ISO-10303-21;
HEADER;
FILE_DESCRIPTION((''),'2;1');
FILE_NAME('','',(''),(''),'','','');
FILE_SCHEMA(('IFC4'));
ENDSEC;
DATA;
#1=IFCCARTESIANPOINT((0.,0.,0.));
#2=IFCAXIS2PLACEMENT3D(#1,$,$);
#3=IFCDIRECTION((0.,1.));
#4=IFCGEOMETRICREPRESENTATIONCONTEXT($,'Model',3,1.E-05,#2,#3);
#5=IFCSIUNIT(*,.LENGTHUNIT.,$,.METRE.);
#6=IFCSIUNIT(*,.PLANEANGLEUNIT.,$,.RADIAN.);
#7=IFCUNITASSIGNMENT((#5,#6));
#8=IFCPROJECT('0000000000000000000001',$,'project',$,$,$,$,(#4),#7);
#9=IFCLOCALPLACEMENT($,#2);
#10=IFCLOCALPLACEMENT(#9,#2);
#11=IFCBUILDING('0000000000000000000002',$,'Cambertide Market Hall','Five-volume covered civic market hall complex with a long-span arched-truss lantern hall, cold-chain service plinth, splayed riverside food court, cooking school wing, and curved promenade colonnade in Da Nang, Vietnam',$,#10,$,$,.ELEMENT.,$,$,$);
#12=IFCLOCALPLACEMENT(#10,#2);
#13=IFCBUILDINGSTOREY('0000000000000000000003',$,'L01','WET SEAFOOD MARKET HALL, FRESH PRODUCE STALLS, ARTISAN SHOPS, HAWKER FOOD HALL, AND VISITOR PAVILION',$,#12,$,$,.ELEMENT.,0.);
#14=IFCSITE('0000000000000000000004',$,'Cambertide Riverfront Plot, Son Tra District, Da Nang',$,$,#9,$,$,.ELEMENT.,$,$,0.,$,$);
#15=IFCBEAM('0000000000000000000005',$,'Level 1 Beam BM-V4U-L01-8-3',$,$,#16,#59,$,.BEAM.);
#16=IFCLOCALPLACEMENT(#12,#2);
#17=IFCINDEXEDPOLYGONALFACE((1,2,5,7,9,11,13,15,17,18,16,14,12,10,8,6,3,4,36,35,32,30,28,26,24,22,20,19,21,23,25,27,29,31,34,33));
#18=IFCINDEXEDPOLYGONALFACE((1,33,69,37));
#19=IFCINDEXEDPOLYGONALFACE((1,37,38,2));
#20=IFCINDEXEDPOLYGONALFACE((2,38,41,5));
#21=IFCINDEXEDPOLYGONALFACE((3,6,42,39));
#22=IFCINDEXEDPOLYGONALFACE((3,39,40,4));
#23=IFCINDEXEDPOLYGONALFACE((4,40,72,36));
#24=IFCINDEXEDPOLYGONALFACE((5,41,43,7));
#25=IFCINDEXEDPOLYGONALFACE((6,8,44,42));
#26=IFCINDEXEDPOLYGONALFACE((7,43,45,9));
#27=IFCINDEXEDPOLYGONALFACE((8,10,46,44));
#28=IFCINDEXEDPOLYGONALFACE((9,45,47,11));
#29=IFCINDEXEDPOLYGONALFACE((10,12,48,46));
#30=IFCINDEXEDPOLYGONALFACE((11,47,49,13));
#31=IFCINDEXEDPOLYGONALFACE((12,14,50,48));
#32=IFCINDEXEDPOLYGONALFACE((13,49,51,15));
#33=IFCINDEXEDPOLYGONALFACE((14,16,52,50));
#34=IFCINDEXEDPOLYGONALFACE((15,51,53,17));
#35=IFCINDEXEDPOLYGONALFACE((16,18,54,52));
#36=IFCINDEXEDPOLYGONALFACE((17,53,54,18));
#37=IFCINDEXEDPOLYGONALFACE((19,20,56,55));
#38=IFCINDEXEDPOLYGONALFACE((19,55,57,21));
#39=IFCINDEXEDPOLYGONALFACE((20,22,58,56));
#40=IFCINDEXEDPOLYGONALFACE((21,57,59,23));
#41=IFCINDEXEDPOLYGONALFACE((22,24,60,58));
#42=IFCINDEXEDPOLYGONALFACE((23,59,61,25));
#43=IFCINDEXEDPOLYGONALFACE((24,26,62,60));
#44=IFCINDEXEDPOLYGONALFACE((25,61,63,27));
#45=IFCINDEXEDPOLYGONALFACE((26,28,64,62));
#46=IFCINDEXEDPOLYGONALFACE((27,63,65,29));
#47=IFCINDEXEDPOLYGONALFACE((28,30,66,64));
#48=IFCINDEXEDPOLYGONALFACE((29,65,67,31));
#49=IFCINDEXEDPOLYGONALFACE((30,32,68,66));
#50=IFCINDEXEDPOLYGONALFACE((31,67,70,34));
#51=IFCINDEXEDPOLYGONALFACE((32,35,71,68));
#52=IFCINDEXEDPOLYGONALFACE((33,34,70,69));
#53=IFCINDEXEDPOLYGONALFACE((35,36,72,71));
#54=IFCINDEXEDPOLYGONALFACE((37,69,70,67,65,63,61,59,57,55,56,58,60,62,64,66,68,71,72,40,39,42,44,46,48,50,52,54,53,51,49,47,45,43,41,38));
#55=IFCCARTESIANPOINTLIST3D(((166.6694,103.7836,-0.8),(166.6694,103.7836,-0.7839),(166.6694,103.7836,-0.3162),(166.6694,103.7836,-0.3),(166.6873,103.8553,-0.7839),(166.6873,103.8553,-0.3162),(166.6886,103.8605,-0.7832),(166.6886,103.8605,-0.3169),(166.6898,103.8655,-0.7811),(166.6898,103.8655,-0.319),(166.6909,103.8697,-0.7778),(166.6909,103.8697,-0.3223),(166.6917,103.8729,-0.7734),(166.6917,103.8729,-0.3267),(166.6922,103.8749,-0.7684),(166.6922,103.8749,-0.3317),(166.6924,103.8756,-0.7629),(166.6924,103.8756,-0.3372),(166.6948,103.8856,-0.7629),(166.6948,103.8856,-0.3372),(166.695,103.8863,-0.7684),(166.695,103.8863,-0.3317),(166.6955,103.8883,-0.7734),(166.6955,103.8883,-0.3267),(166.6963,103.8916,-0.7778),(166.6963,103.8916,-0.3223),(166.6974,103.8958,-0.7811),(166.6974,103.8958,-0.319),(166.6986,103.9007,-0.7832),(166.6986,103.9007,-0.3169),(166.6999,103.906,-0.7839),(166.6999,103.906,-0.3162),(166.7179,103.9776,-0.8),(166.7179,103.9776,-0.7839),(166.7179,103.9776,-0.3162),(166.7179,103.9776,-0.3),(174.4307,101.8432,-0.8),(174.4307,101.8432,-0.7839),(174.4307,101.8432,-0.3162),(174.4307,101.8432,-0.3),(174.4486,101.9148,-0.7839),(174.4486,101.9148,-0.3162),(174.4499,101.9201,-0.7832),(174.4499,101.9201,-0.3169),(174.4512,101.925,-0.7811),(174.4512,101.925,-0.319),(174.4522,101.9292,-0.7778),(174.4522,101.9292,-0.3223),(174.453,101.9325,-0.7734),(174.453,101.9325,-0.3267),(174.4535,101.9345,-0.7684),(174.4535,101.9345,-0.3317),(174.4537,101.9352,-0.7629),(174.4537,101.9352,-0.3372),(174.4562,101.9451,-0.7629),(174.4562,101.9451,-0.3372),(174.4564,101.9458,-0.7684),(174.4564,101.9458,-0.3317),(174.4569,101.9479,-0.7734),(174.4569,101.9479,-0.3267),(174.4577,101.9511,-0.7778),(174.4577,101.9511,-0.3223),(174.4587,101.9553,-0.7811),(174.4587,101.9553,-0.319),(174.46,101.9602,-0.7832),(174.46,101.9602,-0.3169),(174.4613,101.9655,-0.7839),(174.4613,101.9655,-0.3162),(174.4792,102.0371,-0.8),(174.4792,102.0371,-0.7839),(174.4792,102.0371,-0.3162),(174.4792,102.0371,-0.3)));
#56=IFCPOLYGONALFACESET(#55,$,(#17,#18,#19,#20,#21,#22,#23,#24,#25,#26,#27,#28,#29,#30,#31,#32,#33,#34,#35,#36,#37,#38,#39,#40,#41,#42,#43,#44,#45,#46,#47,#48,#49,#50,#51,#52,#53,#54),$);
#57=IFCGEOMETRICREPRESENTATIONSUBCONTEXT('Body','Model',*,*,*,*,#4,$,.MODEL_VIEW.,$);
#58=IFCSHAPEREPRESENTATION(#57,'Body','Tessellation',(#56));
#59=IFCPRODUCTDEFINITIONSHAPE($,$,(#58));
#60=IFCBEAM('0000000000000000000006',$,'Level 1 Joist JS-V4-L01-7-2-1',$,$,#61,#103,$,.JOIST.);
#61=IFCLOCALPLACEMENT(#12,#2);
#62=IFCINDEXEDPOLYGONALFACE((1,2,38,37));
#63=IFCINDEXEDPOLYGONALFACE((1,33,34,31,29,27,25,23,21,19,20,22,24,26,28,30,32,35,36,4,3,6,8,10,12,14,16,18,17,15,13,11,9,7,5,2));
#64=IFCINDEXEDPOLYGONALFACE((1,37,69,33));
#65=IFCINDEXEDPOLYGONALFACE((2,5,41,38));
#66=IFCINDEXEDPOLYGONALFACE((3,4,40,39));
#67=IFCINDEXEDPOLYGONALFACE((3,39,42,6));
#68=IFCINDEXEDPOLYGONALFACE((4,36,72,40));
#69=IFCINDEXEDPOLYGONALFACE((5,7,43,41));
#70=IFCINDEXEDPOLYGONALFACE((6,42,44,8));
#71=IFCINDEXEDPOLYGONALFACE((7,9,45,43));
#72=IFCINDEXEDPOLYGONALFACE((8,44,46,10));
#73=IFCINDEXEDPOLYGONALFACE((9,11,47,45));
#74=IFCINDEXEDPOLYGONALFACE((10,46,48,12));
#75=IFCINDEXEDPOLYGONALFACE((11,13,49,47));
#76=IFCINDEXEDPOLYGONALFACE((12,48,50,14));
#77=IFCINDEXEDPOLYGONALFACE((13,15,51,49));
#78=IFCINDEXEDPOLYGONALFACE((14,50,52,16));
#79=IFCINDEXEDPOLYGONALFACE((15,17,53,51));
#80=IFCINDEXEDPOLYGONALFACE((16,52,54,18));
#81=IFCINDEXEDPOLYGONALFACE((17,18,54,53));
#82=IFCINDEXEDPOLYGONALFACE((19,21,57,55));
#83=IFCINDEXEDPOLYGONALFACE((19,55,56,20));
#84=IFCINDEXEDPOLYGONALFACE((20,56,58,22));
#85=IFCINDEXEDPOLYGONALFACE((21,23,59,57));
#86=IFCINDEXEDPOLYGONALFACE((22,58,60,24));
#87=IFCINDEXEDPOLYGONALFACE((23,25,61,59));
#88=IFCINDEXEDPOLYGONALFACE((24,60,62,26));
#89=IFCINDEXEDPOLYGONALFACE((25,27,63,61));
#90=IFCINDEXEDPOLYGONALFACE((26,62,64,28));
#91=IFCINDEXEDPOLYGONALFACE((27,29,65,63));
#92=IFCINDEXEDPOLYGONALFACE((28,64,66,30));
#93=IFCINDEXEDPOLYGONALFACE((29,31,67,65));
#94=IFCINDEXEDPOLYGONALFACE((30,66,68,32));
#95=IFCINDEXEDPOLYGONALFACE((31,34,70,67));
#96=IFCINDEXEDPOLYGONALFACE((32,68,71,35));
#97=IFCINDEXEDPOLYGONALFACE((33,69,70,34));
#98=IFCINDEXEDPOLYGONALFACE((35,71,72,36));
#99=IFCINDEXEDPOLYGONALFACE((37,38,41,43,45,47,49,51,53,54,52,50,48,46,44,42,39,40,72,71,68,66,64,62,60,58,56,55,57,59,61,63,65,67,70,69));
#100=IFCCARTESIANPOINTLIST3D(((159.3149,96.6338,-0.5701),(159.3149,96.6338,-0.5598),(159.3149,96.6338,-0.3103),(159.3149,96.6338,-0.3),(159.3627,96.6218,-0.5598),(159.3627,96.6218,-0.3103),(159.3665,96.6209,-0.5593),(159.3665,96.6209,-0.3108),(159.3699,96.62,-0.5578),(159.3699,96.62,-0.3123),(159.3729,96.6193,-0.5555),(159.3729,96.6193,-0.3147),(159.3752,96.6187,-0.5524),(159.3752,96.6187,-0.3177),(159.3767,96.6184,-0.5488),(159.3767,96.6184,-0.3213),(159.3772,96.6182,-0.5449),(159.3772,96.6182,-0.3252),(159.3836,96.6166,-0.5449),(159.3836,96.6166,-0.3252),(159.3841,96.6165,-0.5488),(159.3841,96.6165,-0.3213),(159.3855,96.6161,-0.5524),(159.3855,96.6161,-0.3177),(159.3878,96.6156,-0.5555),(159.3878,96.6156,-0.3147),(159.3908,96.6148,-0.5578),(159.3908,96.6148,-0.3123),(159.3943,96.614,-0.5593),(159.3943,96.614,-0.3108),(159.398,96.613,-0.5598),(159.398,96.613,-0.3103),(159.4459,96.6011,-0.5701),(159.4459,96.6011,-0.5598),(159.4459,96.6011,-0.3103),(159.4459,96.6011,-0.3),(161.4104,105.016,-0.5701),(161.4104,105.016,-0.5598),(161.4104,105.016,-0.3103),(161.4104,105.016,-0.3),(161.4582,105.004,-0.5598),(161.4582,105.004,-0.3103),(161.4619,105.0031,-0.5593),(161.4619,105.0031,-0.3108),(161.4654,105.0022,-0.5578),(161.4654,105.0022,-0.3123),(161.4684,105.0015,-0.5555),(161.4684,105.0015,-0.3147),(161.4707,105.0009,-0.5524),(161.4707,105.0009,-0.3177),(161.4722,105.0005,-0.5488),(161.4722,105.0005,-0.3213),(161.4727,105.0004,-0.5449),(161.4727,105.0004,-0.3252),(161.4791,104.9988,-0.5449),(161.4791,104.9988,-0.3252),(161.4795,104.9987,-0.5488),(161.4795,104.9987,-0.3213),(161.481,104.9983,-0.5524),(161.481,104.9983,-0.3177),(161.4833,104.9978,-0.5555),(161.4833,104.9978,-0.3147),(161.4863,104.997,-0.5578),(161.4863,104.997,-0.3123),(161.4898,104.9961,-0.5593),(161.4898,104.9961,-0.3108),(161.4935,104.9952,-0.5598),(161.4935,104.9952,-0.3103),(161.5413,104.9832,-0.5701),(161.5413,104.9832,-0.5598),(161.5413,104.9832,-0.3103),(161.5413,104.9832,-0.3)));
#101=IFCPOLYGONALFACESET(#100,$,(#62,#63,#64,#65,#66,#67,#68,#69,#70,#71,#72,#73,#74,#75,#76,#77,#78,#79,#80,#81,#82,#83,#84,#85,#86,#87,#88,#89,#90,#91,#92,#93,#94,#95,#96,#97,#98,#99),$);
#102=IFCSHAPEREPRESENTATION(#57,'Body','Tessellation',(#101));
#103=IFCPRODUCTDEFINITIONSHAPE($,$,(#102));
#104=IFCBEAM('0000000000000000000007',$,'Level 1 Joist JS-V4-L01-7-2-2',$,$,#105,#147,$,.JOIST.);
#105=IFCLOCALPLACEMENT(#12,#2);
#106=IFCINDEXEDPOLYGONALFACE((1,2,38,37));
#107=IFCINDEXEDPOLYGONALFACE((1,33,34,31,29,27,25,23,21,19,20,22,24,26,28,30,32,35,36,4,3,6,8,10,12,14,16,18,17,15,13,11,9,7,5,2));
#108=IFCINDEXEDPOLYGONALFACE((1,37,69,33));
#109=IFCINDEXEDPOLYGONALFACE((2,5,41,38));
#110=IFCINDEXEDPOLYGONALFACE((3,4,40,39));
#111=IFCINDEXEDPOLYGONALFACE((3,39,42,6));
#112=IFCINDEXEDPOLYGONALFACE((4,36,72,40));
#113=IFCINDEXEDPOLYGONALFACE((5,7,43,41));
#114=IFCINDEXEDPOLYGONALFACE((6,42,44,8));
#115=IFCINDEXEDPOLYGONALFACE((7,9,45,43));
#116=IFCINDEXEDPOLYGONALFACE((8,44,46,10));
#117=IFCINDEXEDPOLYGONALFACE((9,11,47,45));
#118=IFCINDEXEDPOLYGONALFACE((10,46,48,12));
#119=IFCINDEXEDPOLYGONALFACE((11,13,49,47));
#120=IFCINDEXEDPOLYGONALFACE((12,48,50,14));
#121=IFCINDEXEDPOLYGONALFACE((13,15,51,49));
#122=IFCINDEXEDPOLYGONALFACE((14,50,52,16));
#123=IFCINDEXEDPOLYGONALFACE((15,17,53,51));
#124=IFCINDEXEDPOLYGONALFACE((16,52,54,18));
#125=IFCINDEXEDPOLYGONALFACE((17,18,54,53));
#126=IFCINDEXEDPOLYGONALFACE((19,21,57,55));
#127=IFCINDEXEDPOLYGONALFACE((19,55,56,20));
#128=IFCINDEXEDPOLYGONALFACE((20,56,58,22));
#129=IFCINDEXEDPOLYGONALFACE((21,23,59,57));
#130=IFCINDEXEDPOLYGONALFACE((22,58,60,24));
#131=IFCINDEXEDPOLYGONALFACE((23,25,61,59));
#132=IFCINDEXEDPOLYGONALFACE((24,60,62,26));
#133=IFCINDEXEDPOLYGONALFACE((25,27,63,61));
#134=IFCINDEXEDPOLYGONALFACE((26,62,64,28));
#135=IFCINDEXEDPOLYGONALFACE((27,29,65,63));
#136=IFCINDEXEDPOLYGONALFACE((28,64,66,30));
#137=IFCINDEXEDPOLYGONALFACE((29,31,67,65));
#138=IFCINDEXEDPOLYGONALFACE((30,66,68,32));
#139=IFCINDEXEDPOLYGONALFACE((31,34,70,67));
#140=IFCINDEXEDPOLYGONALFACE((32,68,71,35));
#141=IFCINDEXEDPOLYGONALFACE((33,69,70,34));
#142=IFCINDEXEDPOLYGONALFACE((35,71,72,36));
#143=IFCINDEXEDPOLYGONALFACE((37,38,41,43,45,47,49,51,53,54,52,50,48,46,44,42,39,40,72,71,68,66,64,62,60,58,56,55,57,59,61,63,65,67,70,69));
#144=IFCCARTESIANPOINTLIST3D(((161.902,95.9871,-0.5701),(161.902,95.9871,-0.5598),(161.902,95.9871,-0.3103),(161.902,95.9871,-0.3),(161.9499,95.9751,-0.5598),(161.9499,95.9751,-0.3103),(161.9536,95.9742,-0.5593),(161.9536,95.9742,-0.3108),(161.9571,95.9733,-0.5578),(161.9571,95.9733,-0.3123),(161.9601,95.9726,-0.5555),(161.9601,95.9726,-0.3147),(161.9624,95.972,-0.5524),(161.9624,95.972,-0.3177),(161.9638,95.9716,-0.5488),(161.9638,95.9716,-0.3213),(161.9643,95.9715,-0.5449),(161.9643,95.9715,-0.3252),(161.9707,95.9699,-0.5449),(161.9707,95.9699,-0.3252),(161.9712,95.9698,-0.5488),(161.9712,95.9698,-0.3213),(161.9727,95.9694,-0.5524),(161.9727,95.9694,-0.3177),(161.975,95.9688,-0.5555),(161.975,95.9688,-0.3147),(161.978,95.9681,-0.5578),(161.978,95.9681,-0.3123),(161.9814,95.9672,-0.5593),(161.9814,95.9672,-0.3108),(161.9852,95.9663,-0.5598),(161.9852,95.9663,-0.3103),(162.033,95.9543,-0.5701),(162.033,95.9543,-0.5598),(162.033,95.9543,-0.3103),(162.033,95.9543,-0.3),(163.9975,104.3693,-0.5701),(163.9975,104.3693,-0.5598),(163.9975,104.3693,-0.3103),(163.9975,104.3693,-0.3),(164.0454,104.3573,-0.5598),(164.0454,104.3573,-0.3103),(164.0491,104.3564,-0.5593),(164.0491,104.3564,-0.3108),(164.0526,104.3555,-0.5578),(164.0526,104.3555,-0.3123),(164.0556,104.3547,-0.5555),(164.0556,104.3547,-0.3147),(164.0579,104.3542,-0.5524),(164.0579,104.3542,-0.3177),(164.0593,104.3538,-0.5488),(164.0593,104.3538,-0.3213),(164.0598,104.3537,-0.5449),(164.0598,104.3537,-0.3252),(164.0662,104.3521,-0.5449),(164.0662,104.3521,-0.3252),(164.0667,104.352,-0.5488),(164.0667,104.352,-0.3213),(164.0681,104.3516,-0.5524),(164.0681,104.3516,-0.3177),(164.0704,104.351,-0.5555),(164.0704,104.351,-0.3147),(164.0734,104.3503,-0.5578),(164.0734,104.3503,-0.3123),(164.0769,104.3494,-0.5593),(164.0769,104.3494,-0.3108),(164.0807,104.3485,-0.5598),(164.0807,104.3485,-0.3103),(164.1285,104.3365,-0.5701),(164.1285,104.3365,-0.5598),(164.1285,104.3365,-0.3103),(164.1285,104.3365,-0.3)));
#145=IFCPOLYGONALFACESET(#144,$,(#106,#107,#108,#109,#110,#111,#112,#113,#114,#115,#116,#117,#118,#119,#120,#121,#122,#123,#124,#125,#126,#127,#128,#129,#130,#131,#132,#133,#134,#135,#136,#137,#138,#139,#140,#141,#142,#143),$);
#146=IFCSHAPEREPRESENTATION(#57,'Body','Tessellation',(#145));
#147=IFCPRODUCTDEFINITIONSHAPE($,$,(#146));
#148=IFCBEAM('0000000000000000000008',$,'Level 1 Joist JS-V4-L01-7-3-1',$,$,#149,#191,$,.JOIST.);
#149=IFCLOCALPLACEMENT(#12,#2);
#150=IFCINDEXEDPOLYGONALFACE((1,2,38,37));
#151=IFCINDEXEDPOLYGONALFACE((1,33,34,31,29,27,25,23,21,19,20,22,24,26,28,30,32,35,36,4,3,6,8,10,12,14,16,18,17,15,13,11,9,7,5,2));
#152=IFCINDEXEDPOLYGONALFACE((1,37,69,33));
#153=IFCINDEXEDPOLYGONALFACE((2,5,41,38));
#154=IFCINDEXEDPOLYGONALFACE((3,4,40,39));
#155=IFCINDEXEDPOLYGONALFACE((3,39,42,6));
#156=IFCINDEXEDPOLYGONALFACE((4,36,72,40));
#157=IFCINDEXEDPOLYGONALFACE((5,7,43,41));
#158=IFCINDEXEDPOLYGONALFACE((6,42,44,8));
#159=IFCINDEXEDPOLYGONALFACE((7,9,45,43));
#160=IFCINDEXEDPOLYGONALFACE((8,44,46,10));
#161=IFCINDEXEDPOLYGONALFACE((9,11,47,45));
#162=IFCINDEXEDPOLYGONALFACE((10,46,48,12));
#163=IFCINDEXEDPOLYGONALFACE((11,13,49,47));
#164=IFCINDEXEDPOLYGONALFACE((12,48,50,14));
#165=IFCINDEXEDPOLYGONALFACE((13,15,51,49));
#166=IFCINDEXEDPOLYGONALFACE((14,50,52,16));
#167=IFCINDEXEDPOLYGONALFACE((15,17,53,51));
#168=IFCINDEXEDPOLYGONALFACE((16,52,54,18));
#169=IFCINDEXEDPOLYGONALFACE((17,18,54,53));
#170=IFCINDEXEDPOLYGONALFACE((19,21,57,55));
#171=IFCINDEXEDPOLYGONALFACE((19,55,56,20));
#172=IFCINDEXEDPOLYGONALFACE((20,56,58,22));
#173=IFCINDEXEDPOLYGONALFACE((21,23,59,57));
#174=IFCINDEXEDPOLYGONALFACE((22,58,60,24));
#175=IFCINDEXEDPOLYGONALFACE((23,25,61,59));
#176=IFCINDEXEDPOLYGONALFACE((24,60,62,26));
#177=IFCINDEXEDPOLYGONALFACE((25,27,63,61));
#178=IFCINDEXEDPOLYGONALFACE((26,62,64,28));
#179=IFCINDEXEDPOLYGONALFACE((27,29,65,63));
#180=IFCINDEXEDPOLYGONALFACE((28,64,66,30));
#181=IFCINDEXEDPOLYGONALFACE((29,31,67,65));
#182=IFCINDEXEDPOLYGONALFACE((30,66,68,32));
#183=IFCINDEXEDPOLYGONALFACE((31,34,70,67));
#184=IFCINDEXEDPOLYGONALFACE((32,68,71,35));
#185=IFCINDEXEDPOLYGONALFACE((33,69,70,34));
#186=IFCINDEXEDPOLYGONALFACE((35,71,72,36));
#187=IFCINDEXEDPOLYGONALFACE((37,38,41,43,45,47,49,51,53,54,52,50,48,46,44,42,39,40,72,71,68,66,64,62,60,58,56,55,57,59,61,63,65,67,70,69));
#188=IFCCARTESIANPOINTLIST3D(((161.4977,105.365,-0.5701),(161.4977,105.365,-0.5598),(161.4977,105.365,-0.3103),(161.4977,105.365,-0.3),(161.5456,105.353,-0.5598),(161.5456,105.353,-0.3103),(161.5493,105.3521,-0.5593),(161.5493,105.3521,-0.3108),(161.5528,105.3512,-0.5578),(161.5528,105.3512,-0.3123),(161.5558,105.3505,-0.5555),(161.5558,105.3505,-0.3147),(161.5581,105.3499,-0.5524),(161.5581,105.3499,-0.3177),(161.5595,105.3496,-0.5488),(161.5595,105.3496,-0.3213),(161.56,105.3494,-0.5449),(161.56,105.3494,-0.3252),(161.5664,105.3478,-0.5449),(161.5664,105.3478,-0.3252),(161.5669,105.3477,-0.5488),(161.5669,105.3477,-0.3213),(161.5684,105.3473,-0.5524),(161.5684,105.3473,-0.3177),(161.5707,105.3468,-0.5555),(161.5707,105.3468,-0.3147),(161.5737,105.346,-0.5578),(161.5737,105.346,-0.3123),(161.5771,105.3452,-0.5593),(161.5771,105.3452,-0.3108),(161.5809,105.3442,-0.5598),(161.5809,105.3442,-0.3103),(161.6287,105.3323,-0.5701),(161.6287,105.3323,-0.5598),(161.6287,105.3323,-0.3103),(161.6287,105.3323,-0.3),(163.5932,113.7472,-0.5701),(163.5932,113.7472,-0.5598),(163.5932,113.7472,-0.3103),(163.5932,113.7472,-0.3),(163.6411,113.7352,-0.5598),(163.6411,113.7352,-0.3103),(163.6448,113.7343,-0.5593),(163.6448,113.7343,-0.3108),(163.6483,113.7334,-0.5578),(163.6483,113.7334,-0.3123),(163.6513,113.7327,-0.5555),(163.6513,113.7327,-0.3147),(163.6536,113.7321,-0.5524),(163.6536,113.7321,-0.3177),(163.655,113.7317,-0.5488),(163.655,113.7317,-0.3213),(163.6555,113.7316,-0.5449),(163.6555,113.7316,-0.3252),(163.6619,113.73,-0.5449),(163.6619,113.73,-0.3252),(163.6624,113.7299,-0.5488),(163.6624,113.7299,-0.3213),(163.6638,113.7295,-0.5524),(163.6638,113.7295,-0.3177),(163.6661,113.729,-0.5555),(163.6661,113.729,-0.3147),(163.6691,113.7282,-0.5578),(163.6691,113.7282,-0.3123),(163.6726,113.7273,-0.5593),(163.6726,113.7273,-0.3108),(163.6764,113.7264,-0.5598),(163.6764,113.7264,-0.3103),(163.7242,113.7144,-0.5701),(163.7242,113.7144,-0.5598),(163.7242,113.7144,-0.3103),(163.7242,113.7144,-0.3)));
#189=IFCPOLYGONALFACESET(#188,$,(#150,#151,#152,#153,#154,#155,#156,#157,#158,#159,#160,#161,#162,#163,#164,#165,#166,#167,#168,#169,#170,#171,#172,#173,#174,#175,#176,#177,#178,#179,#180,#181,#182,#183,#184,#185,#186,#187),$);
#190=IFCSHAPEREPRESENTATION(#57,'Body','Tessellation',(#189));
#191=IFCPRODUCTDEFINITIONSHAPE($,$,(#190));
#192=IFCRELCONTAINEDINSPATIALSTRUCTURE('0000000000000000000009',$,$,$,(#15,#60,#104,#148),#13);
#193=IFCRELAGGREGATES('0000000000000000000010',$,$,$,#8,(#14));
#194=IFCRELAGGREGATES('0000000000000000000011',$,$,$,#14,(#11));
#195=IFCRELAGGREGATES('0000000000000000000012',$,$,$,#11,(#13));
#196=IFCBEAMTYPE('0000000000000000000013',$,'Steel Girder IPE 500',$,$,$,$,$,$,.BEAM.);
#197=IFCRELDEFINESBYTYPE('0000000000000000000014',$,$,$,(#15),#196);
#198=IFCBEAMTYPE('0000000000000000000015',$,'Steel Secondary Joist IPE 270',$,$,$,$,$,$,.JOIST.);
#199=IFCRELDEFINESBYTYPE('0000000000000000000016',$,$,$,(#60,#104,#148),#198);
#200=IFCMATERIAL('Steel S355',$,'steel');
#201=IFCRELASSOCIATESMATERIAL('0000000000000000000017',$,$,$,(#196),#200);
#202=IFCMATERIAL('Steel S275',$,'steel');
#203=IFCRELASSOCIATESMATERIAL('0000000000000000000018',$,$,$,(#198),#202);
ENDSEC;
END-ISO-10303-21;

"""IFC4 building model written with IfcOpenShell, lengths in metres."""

from ifc_helpers import new_model, si_unit, direction, frame, origin, origin_2d, place, context, subcontext, project, spatial, i_section, extrude, material, material_profile, profile_set, type_object, element, save


model = new_model("IFC4")

# Units and contexts
model_context = context("Model", 3, precision=1e-05, world=origin(), true_north=direction((0.0, 1.0)))
body_context = subcontext(model_context, "Body", "Model", "MODEL_VIEW")
ifc_project = project(units=[si_unit("LENGTHUNIT", "METRE"), si_unit("PLANEANGLEUNIT", "RADIAN")], contexts=[model_context])

# Site, building, storey
site_placement = place(None, origin())
site = spatial("IfcSite", under=ifc_project, at=site_placement, Name="Cambertide Riverfront Plot, Son Tra District, Da Nang", CompositionType="ELEMENT", RefElevation=0.0)
building_placement = place(site_placement, origin())
building = spatial("IfcBuilding", under=site, at=building_placement, Name="Cambertide Market Hall", Description="Five-volume covered civic market hall complex with a long-span arched-truss lantern hall, cold-chain service plinth, splayed riverside food court, cooking school wing, and curved promenade colonnade in Da Nang, Vietnam", CompositionType="ELEMENT")
storey_placement = place(building_placement, origin())
storey = spatial("IfcBuildingStorey", under=building, at=storey_placement, Name="L01", Description="WET SEAFOOD MARKET HALL, FRESH PRODUCE STALLS, ARTISAN SHOPS, HAWKER FOOD HALL, AND VISITOR PAVILION", CompositionType="ELEMENT", Elevation=0.0)

# Beams
ifc_material_1 = material(Name="Steel S355", Category="steel")
ifc_material_profile_1 = material_profile(ifc_material_1, i_section(OverallWidth=0.2, OverallDepth=0.5, WebThickness=0.0103, FlangeThickness=0.0161, FilletRadius=0.021, at=origin_2d()), Name="IPE 500")
ifc_profile_set_1 = profile_set([ifc_material_profile_1], Name="Steel S355")
beam_type_1 = type_object("IfcBeamType", Name="Steel Girder IPE 500", PredefinedType="BEAM", material=ifc_profile_set_1)
beam_1_placement = place(storey_placement, frame((166.6936, 103.8806, -0.55), z_axis=(0.970139, -0.24255, 0.0), x_axis=(0.24255, 0.970139, 0.0)))
element("IfcBeam", 1, at=beam_1_placement, inside=storey, type_object=beam_type_1, Name="Level 1 Beam BM-V4U-L01-8-3", PredefinedType="BEAM", context=body_context, shape_type="SweptSolid", body=[
    extrude(i_section(OverallWidth=0.2, OverallDepth=0.5, WebThickness=0.0103, FlangeThickness=0.0161, FilletRadius=0.021, at=origin_2d()), origin(), (0.0, 0.0, 1.0), 8.0002),
])
ifc_material_2 = material(Name="Steel S275", Category="steel")
ifc_material_profile_2 = material_profile(ifc_material_2, i_section(OverallWidth=0.135, OverallDepth=0.27, WebThickness=0.0066, FlangeThickness=0.0103, FilletRadius=0.0149, at=origin_2d()), Name="IPE 270")
ifc_profile_set_2 = profile_set([ifc_material_profile_2], Name="Steel S275")
beam_type_2 = type_object("IfcBeamType", Name="Steel Secondary Joist IPE 270", PredefinedType="JOIST", material=ifc_profile_set_2)
for number, where, z_axis, x_axis, name in (
    (2, (159.3804, 96.6174, -0.4351), (0.242529, 0.970144, 0.0), (-0.970144, 0.242529, 0.0), "Level 1 Joist JS-V4-L01-7-2-1"),
    (3, (161.9675, 95.9707, -0.4351), (0.242529, 0.970144, 0.0), (-0.970144, 0.242529, 0.0), "Level 1 Joist JS-V4-L01-7-2-2"),
    (4, (161.5632, 105.3486, -0.4351), (0.242529, 0.970144, 0.0), (-0.970144, 0.242529, 0.0), "Level 1 Joist JS-V4-L01-7-3-1"),
):
    element("IfcBeam", number, at=place(storey_placement, frame(where, z_axis=z_axis, x_axis=x_axis)), inside=storey, type_object=beam_type_2, Name=name, PredefinedType="JOIST", context=body_context, shape_type="SweptSolid", body=[
        extrude(i_section(OverallWidth=0.135, OverallDepth=0.27, WebThickness=0.0066, FlangeThickness=0.0103, FilletRadius=0.0149, at=origin_2d()), origin(), (0.0, 0.0, 1.0), 8.6401),
    ])

save(model, "model.ifc")
